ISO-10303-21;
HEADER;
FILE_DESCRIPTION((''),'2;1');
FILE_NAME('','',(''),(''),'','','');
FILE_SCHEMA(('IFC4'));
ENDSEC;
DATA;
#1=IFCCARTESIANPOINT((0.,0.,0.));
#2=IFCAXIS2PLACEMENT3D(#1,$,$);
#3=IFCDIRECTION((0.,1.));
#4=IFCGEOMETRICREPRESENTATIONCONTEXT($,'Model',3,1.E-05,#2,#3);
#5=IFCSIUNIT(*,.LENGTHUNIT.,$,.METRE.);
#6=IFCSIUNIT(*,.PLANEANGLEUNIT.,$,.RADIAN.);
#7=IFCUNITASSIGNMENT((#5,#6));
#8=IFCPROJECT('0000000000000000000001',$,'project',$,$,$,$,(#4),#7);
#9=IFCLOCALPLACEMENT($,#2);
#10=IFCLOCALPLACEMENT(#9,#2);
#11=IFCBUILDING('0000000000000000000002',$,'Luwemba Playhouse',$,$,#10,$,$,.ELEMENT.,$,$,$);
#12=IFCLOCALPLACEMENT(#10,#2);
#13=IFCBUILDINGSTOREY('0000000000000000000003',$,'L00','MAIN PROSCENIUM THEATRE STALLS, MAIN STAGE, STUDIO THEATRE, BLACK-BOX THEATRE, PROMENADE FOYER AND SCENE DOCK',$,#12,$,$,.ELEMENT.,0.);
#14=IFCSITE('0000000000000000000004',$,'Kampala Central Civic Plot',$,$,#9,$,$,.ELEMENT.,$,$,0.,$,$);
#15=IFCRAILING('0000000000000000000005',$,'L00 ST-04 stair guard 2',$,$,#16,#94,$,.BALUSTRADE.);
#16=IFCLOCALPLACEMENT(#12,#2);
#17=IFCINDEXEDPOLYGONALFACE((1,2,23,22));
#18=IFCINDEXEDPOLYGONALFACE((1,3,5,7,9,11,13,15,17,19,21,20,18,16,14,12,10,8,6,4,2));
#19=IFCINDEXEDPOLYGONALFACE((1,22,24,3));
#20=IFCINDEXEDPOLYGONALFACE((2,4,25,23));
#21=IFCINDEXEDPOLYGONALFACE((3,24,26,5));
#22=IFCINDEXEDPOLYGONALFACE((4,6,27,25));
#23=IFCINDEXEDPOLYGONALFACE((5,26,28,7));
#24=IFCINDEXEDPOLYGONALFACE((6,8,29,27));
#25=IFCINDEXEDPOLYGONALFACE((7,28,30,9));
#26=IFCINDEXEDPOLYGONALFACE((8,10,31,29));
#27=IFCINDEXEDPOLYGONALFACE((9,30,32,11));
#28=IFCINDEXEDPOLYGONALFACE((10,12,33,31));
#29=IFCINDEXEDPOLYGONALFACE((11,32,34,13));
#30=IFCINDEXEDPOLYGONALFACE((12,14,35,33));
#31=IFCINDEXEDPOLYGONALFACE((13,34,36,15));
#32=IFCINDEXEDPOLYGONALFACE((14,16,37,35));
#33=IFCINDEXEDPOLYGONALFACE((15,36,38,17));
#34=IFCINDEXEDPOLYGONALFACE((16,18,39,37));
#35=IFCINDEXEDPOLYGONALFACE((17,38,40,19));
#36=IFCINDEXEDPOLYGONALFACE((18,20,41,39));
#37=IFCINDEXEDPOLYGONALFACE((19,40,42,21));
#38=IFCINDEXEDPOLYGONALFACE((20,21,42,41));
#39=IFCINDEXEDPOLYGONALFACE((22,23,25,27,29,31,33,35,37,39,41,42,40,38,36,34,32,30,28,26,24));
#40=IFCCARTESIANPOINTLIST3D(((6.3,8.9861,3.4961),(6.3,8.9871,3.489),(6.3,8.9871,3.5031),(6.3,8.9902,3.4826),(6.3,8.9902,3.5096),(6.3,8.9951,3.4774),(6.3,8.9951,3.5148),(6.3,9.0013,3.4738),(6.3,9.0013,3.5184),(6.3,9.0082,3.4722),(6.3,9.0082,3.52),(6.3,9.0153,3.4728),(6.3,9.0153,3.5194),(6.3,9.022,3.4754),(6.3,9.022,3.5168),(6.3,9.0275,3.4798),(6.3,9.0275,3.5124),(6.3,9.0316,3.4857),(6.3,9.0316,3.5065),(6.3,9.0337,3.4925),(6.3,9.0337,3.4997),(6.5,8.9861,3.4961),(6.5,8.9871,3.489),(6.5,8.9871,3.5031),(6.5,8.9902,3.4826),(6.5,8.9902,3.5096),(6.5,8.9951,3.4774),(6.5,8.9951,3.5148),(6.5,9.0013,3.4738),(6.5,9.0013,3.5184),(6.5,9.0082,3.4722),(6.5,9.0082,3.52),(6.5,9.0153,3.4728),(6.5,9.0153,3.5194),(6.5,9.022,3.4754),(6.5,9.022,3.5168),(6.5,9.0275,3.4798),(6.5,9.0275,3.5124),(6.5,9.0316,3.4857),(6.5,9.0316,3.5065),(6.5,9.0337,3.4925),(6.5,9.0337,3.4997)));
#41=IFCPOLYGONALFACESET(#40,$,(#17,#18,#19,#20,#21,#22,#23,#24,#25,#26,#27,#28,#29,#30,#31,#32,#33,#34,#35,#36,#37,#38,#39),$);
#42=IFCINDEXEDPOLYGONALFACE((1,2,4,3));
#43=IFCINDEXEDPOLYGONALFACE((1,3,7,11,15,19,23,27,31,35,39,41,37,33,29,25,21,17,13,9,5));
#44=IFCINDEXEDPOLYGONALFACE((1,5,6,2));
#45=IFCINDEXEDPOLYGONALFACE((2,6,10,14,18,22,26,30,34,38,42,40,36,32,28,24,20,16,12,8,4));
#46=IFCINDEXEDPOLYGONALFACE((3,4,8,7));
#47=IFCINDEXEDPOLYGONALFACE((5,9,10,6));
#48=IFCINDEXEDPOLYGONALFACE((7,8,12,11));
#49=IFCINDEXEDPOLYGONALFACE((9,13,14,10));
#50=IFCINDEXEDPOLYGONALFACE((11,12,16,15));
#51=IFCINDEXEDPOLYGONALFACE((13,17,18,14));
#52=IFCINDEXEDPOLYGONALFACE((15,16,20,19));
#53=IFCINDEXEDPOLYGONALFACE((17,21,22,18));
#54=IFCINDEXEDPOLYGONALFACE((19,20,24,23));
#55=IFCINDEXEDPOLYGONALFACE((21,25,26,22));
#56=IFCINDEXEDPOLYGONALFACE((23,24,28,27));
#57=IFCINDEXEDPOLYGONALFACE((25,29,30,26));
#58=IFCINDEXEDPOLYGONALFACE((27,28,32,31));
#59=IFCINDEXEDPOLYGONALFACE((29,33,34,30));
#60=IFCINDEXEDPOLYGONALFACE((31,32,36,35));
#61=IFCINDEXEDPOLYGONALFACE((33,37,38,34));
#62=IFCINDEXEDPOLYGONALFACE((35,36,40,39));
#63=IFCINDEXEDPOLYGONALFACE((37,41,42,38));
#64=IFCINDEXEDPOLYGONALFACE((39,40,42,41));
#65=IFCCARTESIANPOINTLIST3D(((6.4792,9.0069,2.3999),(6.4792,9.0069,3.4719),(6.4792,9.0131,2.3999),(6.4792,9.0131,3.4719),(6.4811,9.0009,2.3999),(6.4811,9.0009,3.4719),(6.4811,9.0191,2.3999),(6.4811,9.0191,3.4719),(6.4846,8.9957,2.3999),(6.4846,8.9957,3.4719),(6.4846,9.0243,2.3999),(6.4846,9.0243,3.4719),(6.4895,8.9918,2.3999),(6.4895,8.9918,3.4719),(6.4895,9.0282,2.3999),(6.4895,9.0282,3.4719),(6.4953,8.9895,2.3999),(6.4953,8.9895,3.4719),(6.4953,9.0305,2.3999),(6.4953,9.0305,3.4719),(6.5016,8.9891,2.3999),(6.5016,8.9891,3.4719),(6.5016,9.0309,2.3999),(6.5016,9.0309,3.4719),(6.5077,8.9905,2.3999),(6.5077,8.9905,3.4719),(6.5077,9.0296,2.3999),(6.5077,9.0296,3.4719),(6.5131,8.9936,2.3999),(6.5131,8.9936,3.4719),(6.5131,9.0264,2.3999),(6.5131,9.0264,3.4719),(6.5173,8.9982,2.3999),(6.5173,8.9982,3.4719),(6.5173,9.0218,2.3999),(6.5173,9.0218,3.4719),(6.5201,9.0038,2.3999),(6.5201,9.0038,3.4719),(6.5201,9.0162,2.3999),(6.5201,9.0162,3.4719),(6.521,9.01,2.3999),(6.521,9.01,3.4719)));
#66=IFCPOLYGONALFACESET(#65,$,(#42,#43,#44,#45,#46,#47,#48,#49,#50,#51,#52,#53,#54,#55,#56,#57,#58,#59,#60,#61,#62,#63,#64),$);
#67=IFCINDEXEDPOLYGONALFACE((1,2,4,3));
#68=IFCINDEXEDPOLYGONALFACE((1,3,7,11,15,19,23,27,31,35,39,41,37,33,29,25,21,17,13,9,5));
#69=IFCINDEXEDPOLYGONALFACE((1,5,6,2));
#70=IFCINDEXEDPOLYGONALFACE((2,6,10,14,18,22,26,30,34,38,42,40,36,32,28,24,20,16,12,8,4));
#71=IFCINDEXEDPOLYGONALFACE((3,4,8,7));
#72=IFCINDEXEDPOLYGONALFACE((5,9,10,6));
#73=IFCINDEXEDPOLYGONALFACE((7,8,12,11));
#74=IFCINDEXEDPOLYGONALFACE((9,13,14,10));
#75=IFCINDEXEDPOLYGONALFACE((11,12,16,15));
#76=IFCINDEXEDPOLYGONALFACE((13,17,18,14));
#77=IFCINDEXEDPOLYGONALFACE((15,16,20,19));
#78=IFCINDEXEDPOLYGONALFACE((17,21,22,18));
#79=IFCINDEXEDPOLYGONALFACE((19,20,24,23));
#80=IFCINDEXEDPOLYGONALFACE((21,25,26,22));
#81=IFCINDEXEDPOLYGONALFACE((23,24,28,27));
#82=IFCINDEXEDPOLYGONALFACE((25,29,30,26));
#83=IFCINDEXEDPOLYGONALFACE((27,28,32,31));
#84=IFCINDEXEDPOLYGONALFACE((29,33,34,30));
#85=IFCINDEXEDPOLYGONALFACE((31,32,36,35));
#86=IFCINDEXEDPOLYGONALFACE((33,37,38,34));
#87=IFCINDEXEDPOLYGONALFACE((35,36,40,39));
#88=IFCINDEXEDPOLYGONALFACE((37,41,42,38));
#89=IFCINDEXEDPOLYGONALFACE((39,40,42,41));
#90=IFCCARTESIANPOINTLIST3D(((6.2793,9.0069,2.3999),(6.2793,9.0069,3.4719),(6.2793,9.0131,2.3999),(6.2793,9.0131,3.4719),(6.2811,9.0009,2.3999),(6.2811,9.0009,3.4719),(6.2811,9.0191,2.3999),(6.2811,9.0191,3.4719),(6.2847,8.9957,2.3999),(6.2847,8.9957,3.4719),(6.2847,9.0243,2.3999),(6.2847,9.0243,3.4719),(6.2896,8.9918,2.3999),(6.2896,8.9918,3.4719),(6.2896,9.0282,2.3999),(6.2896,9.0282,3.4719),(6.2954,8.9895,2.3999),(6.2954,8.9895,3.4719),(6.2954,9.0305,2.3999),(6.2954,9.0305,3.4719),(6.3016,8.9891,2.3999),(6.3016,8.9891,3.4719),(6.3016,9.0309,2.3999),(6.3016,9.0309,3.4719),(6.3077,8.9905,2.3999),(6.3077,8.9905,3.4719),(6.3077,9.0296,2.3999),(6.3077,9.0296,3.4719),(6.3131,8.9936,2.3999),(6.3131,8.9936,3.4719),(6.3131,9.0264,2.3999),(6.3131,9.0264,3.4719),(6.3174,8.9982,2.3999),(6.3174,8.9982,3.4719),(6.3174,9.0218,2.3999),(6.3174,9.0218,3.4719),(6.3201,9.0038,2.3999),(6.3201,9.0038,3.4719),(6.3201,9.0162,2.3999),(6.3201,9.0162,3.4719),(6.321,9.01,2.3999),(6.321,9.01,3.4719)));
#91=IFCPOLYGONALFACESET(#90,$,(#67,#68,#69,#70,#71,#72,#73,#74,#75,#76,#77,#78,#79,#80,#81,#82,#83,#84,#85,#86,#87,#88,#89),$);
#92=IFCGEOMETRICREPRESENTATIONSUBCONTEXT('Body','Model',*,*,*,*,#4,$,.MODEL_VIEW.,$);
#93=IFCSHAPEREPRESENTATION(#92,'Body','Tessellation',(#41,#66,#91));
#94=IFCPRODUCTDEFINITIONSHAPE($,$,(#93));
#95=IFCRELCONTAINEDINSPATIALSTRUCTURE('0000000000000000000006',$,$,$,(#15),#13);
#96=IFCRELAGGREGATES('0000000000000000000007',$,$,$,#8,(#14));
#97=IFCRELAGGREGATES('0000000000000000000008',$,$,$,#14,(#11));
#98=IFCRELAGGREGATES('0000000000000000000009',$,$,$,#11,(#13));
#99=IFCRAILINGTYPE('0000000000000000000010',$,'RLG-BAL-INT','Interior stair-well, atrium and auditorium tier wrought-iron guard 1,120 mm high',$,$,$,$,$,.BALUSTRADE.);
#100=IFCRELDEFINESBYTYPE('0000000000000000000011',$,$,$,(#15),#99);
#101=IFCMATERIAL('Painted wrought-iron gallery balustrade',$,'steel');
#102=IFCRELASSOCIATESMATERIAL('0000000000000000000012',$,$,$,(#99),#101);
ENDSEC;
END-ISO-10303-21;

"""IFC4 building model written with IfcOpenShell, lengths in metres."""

from ifc_helpers import new_model, si_unit, direction, frame, origin, origin_2d, place, context, subcontext, project, spatial, circle, extrude, material, type_object, element, save


model = new_model("IFC4")

# Units and contexts
model_context = context("Model", 3, precision=1e-05, world=origin(), true_north=direction((0.0, 1.0)))
body_context = subcontext(model_context, "Body", "Model", "MODEL_VIEW")
ifc_project = project(units=[si_unit("LENGTHUNIT", "METRE"), si_unit("PLANEANGLEUNIT", "RADIAN")], contexts=[model_context])

# Site, building, storey
site_placement = place(None, origin())
site = spatial("IfcSite", under=ifc_project, at=site_placement, Name="Kampala Central Civic Plot", CompositionType="ELEMENT", RefElevation=0.0)
building_placement = place(site_placement, origin())
building = spatial("IfcBuilding", under=site, at=building_placement, Name="Luwemba Playhouse", CompositionType="ELEMENT")
storey_placement = place(building_placement, origin())
storey = spatial("IfcBuildingStorey", under=building, at=storey_placement, Name="L00", Description="MAIN PROSCENIUM THEATRE STALLS, MAIN STAGE, STUDIO THEATRE, BLACK-BOX THEATRE, PROMENADE FOYER AND SCENE DOCK", CompositionType="ELEMENT", Elevation=0.0)

# Railing
ifc_material_1 = material(Name="Painted wrought-iron gallery balustrade", Category="steel")
railing_type_1 = type_object("IfcRailingType", Name="RLG-BAL-INT", Description="Interior stair-well, atrium and auditorium tier wrought-iron guard 1,120 mm high", PredefinedType="BALUSTRADE", material=ifc_material_1)
railing_1_placement = place(storey_placement, frame((6.5, 9.01, 2.3999)))
element("IfcRailing", 1, at=railing_1_placement, inside=storey, type_object=railing_type_1, Name="L00 ST-04 stair guard 2", PredefinedType="BALUSTRADE", context=body_context, shape_type="SweptSolid", body=[
    extrude(circle(Radius=0.0239, at=origin_2d()), frame((0.0, 0.0, 1.0962), z_axis=(-1.0, 0.0, 0.0), x_axis=(0.0, -1.0, 0.0)), (0.0, 0.0, 1.0), 0.2),
    extrude(circle(Radius=0.021, at=origin_2d()), origin(), (0.0, 0.0, 1.0), 1.072),
    extrude(circle(Radius=0.021, at=origin_2d()), frame((-0.2, 0.0, 0.0)), (0.0, 0.0, 1.0), 1.072),
])

save(model, "model.ifc")
